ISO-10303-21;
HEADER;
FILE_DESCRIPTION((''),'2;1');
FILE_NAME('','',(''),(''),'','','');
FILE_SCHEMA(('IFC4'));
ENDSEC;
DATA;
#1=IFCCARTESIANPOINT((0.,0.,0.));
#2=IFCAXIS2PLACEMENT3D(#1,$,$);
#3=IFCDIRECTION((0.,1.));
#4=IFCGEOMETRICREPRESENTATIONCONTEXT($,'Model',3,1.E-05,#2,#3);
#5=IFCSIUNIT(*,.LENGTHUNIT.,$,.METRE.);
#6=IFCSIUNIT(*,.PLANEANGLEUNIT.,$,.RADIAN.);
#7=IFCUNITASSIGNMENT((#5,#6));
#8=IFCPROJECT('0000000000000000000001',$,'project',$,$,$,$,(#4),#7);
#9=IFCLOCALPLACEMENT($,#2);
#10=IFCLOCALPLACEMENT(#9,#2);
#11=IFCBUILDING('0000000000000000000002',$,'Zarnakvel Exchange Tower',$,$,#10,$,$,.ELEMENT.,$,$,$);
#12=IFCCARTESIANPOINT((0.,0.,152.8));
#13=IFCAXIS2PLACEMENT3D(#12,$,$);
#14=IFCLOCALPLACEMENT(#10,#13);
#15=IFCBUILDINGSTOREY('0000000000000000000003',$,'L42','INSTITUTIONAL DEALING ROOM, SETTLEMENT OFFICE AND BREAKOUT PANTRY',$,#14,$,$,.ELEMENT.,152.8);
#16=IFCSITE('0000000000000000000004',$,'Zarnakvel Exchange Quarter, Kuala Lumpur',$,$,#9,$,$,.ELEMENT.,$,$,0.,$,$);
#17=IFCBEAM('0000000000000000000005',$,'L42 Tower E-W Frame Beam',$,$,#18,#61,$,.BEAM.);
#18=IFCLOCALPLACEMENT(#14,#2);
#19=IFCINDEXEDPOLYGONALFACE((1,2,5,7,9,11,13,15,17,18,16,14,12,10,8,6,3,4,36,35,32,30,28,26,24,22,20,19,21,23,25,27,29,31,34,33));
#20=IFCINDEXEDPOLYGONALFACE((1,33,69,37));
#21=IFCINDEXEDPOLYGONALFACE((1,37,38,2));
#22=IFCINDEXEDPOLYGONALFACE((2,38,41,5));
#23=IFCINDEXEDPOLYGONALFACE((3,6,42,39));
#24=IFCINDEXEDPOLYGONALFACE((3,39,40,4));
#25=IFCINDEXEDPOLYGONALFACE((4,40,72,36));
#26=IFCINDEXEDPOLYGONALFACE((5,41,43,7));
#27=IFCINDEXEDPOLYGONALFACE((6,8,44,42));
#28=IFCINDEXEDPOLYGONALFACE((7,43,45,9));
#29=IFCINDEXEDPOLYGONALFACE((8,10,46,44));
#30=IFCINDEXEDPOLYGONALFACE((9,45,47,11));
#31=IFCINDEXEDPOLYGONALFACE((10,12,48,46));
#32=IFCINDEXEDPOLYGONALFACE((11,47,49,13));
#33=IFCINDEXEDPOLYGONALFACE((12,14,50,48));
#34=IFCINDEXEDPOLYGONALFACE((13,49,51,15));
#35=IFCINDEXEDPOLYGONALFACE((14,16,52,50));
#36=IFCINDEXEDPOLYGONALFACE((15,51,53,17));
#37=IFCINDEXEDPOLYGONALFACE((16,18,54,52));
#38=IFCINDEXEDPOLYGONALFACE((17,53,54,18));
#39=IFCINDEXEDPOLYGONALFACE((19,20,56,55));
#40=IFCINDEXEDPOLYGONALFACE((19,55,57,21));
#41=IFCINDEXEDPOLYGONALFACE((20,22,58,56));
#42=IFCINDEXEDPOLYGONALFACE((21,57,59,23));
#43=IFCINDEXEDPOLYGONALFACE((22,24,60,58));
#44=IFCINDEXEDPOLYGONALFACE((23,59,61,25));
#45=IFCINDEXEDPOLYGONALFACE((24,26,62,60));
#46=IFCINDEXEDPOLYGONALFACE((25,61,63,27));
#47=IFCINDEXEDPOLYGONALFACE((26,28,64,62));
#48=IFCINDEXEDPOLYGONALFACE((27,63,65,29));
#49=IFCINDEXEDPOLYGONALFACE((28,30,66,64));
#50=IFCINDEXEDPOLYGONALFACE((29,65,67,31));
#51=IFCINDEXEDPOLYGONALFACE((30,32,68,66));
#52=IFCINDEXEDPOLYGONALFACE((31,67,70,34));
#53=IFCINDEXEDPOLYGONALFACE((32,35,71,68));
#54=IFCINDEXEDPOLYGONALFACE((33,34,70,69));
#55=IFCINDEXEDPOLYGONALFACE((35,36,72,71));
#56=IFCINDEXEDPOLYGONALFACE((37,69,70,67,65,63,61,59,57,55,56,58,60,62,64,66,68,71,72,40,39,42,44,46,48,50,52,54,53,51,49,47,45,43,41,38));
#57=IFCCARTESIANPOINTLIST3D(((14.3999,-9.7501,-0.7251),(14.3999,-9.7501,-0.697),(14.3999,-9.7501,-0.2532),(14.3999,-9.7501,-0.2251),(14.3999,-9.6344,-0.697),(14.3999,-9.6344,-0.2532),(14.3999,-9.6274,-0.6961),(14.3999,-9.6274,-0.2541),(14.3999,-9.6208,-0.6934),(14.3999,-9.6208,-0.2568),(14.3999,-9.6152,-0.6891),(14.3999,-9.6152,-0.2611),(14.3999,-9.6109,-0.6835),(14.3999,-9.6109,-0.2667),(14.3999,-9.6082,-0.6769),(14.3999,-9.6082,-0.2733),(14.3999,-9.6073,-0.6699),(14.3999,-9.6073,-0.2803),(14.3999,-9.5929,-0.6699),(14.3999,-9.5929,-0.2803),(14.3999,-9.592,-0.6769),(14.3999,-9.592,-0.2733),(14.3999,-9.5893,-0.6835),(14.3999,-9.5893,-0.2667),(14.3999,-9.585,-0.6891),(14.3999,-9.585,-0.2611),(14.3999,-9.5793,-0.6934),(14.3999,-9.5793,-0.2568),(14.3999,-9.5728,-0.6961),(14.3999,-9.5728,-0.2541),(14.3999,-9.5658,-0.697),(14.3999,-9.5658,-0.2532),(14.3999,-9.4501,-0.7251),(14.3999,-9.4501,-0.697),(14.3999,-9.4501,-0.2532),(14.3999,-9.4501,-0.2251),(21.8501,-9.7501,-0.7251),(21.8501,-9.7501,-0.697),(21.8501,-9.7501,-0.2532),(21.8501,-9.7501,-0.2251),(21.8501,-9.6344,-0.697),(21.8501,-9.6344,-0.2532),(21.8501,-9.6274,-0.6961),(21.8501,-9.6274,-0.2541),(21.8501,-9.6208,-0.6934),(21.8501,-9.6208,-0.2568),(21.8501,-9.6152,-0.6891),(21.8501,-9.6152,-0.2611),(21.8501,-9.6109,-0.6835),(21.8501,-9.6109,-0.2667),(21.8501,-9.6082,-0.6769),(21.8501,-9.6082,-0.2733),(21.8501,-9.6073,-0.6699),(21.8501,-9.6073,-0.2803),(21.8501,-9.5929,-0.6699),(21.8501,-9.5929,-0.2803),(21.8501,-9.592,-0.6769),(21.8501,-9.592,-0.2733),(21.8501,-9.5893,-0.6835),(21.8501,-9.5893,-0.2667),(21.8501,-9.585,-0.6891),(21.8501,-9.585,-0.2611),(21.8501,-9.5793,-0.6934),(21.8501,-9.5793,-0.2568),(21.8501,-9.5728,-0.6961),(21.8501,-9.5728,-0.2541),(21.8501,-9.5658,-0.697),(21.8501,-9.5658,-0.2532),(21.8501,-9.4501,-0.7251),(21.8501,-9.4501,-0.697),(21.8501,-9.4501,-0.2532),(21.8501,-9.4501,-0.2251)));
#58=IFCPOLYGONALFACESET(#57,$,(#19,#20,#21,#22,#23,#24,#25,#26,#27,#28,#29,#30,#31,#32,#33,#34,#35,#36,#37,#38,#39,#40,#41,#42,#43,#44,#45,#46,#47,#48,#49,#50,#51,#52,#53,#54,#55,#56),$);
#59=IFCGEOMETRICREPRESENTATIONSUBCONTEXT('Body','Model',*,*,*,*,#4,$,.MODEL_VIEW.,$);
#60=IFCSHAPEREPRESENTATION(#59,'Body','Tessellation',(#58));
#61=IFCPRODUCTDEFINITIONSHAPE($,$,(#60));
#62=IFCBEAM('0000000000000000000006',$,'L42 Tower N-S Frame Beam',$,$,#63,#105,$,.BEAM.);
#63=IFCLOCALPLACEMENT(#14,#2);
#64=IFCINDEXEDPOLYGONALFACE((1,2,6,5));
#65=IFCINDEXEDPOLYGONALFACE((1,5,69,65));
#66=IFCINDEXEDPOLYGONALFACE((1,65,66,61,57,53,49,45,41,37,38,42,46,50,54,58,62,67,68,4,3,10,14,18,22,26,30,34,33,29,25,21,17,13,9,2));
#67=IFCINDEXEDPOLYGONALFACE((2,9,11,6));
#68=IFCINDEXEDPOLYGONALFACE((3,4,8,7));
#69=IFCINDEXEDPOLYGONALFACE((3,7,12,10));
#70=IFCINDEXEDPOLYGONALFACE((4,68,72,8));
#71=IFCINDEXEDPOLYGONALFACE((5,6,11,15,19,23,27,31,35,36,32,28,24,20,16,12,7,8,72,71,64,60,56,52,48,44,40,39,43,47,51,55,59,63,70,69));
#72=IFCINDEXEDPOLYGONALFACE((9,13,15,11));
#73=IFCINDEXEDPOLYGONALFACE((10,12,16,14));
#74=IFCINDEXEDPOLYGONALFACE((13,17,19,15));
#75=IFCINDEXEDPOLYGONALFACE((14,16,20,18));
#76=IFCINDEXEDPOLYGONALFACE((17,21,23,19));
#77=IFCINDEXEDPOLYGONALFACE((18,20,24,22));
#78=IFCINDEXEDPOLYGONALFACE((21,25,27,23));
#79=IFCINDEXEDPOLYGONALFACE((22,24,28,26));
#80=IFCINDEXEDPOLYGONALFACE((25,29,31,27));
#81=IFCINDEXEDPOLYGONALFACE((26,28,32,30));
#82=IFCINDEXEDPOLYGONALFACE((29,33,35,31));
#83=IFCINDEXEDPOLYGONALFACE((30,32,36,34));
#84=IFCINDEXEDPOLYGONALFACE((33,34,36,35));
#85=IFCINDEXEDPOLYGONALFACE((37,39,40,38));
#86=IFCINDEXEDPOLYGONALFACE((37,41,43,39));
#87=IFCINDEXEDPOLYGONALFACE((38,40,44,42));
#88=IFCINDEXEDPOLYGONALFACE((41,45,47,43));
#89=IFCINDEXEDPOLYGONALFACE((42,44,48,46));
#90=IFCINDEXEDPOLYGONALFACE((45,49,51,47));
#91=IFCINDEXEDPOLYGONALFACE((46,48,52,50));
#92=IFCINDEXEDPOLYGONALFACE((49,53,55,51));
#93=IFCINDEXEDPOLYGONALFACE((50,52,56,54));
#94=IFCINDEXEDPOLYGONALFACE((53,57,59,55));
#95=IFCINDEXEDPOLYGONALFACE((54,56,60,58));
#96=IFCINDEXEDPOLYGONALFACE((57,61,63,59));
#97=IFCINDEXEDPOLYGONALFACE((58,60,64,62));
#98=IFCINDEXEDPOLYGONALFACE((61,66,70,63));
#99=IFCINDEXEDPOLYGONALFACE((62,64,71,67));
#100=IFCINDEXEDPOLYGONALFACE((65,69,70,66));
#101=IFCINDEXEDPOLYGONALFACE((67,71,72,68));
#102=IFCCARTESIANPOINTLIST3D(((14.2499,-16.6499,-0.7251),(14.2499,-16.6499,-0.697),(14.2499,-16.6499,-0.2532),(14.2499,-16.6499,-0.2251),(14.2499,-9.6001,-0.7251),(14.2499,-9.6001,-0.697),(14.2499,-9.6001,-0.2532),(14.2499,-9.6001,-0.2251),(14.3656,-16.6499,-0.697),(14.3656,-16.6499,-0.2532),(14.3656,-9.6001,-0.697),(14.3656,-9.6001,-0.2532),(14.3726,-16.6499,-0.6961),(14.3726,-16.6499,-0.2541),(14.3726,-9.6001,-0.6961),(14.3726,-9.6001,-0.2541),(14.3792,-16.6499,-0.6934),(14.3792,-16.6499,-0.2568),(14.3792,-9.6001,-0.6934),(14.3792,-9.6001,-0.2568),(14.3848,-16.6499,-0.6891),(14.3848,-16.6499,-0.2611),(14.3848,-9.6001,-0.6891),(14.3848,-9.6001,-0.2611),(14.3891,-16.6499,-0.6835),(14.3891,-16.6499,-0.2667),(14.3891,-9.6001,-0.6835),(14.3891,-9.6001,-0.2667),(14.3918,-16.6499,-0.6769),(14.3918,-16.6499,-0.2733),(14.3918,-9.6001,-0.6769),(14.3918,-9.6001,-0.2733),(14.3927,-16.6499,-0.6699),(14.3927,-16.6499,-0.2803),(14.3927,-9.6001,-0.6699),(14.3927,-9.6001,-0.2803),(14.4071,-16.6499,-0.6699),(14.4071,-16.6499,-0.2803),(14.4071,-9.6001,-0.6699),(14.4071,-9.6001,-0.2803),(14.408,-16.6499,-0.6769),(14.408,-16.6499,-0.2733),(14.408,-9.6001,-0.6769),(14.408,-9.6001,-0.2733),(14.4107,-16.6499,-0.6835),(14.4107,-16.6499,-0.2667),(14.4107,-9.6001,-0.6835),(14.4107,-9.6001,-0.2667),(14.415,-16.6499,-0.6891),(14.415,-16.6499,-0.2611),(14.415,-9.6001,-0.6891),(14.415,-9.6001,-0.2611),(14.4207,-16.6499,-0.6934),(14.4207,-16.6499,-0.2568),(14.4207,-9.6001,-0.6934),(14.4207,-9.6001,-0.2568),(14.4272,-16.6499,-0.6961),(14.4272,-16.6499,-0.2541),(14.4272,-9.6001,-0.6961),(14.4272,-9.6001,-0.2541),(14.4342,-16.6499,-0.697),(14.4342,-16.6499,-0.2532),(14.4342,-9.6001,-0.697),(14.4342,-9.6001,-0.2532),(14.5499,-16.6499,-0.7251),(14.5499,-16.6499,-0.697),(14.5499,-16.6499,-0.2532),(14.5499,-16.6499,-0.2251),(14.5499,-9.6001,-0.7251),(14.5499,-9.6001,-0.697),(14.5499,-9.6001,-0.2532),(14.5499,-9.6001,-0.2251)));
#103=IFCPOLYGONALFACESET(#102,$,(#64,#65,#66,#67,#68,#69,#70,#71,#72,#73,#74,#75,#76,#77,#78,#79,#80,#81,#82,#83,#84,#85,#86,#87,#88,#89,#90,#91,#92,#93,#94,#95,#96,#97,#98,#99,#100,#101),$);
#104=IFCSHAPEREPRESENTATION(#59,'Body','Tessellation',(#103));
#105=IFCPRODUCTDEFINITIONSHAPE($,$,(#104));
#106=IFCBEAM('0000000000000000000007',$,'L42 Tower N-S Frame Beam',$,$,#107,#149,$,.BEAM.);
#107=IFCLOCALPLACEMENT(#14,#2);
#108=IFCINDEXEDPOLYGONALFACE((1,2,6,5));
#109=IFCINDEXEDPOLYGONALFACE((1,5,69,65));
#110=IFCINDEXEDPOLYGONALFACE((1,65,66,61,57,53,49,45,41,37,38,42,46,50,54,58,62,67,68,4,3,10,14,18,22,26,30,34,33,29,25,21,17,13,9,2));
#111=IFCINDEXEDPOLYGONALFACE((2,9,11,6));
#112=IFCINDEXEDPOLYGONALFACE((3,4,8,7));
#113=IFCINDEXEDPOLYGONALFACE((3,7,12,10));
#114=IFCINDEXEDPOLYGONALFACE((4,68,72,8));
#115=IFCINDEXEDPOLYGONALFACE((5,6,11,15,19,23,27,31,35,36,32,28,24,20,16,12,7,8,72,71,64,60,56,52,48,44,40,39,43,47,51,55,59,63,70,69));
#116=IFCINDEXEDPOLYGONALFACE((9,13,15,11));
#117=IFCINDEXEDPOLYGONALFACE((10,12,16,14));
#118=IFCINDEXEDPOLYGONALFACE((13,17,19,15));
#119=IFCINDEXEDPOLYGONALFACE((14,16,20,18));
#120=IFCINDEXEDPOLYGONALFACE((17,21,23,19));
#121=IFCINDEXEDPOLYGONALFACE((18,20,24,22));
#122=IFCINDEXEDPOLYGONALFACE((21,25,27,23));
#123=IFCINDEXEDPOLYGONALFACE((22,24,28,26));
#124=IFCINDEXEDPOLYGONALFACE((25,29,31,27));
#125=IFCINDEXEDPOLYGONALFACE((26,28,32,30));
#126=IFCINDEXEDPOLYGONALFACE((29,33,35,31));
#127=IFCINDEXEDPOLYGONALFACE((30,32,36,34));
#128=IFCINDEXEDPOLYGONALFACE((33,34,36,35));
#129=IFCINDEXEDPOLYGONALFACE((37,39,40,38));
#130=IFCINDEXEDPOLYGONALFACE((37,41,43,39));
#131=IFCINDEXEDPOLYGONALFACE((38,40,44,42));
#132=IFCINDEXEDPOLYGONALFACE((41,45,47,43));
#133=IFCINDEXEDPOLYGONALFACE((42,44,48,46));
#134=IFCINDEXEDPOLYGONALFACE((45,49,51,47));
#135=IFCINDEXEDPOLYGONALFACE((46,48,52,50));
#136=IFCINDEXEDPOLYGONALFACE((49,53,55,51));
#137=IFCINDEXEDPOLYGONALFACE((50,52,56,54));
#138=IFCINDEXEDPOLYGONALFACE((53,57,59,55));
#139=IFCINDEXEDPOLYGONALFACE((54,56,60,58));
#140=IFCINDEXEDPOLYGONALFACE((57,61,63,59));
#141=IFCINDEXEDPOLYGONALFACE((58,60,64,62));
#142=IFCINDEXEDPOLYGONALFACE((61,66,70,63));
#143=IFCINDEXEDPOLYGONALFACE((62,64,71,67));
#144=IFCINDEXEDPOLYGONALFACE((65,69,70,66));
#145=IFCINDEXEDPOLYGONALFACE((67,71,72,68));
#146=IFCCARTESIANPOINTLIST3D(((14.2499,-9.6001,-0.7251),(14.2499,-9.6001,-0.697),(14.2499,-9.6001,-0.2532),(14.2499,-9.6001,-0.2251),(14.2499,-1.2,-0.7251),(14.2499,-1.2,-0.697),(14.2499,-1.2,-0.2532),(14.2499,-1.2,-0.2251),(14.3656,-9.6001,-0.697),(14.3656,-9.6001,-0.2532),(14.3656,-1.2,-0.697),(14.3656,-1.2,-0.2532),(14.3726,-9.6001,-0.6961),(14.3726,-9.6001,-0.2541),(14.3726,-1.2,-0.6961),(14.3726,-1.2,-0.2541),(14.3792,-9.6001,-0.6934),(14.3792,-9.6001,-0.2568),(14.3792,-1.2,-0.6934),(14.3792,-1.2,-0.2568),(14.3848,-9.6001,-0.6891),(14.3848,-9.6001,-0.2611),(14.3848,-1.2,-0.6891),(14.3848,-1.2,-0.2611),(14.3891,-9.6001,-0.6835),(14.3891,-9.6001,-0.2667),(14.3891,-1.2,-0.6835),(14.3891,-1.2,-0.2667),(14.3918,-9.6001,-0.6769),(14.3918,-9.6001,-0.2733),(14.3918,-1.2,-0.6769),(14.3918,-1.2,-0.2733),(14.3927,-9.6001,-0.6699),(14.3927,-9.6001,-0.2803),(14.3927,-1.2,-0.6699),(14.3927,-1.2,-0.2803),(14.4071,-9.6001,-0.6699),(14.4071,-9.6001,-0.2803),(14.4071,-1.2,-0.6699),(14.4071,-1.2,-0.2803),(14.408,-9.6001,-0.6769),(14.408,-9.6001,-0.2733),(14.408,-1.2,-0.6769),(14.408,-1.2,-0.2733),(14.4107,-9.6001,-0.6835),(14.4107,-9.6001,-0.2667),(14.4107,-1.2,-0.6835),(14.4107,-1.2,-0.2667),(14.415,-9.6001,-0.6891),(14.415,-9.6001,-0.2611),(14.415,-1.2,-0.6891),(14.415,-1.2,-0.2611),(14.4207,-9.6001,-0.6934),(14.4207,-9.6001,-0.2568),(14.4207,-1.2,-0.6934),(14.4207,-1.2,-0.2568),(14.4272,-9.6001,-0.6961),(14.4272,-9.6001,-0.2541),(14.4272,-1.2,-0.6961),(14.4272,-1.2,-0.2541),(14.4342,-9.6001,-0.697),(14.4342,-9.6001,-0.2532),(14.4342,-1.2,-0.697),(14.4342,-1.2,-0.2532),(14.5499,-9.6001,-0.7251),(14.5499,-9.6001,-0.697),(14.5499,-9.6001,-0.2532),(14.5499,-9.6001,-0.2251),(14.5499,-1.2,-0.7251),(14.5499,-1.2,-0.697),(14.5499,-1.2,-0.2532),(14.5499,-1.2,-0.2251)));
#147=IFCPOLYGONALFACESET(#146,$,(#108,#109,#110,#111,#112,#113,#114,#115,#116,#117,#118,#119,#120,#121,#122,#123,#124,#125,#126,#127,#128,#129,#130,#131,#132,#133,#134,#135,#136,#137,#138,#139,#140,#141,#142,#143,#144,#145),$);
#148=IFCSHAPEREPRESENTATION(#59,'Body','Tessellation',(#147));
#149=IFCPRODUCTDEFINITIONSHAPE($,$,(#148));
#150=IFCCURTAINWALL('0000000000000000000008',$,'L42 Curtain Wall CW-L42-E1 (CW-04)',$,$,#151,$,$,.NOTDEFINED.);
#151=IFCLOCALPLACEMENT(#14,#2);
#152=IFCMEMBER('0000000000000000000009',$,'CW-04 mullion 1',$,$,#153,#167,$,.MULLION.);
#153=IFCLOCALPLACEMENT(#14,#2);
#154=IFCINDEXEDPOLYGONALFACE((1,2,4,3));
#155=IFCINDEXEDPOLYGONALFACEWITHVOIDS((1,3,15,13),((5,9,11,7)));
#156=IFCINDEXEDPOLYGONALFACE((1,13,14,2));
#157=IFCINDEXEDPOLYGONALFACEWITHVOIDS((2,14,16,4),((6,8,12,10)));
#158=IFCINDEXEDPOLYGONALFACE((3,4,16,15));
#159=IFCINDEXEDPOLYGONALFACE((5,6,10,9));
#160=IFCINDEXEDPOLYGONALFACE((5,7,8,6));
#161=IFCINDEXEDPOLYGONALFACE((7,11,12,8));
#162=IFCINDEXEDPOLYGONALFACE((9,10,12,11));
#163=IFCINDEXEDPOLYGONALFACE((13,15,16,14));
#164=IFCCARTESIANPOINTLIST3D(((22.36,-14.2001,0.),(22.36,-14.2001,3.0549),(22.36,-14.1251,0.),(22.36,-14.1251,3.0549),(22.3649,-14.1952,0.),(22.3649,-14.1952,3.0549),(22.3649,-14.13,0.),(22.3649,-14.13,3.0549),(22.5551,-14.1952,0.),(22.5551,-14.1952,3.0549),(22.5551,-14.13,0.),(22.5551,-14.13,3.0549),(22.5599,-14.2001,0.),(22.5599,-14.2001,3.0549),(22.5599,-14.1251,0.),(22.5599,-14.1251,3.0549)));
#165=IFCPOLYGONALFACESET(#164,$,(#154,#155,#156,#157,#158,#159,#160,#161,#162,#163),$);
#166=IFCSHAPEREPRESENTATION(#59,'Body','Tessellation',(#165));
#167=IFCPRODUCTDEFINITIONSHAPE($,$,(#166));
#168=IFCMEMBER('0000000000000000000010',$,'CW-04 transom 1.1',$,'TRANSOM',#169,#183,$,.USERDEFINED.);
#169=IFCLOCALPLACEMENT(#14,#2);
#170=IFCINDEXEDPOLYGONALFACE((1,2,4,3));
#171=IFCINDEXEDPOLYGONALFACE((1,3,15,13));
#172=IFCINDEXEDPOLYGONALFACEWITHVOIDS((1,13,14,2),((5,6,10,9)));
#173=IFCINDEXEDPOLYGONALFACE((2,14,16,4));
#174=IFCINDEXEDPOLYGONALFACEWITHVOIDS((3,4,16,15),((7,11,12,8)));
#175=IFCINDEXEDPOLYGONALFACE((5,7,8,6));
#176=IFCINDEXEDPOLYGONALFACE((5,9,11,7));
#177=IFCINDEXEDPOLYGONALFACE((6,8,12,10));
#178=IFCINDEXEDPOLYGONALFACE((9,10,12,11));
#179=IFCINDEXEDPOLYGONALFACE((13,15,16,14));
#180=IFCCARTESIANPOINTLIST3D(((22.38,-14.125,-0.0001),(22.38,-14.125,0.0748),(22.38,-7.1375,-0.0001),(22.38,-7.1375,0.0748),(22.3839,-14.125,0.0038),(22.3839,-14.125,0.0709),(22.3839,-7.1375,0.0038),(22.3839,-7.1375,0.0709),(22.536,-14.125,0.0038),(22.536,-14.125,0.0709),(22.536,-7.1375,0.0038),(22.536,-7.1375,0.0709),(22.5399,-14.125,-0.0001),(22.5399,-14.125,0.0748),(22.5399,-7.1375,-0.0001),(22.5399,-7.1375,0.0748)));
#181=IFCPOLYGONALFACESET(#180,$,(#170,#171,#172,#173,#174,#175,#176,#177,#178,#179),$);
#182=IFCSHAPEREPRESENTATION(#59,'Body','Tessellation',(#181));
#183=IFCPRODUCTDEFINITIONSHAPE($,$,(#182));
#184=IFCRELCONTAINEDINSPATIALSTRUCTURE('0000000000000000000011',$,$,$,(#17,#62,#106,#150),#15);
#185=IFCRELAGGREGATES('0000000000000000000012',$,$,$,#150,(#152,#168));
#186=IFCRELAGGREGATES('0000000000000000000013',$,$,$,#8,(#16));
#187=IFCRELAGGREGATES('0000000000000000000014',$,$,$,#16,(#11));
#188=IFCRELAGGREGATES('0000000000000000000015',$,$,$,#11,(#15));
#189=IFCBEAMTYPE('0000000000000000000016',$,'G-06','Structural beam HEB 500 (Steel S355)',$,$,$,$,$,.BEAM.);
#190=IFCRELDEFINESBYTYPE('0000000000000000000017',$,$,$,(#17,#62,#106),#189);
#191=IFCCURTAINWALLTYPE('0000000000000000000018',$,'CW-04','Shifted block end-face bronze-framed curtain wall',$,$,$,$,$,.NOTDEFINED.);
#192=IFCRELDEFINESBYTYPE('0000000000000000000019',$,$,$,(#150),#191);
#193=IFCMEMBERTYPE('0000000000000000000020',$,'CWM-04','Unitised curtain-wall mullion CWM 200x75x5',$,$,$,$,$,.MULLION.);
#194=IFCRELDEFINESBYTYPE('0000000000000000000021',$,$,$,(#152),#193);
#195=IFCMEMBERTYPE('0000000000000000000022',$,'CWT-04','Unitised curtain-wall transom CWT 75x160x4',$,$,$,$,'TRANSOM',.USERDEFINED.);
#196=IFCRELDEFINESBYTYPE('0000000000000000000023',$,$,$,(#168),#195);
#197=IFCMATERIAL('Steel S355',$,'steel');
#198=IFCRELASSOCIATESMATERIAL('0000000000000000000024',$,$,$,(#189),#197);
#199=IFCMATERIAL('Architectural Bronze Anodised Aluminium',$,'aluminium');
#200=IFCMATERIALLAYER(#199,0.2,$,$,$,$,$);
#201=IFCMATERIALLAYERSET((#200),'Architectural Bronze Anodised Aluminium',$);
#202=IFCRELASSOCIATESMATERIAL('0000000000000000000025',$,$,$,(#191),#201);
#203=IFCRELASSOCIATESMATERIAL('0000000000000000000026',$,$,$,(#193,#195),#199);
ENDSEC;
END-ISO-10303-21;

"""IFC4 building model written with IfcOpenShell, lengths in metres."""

from ifc_helpers import new_model, si_unit, direction, frame, origin, origin_2d, place, context, subcontext, project, spatial, hollow_rectangle, i_section, extrude, source, transform, mapped, material, layer, layer_set, material_profile, profile_set, type_object, element, aggregate, save


model = new_model("IFC4")

# Units and contexts
model_context = context("Model", 3, precision=1e-05, world=origin(), true_north=direction((0.0, 1.0)))
body_context = subcontext(model_context, "Body", "Model", "MODEL_VIEW")
ifc_project = project(units=[si_unit("LENGTHUNIT", "METRE"), si_unit("PLANEANGLEUNIT", "RADIAN")], contexts=[model_context])

# Site, building, storey
site_placement = place(None, origin())
site = spatial("IfcSite", under=ifc_project, at=site_placement, Name="Zarnakvel Exchange Quarter, Kuala Lumpur", CompositionType="ELEMENT", RefElevation=0.0)
building_placement = place(site_placement, origin())
building = spatial("IfcBuilding", under=site, at=building_placement, Name="Zarnakvel Exchange Tower", CompositionType="ELEMENT")
storey_placement = place(building_placement, frame((0.0, 0.0, 152.8)))
storey = spatial("IfcBuildingStorey", under=building, at=storey_placement, Name="L42", Description="INSTITUTIONAL DEALING ROOM, SETTLEMENT OFFICE AND BREAKOUT PANTRY", CompositionType="ELEMENT", Elevation=152.8)

# Beams
ifc_material_1 = material(Name="Steel S355", Category="steel")
ifc_material_profile_1 = material_profile(ifc_material_1, i_section(OverallWidth=0.3, OverallDepth=0.5, WebThickness=0.0144, FlangeThickness=0.0281, FilletRadius=0.0271, at=origin_2d()))
ifc_profile_set_1 = profile_set([ifc_material_profile_1], Name="Steel S355")
beam_type_1 = type_object("IfcBeamType", Name="G-06", Description="Structural beam HEB 500 (Steel S355)", PredefinedType="BEAM", material=ifc_profile_set_1)
beam_1_placement = place(storey_placement, frame((14.3999, -9.6001, -0.4751), z_axis=(1.0, 0.0, 0.0), x_axis=(0.0, 1.0, 0.0)))
element("IfcBeam", 1, at=beam_1_placement, inside=storey, type_object=beam_type_1, Name="L42 Tower E-W Frame Beam", PredefinedType="BEAM", context=body_context, shape_type="SweptSolid", body=[
    extrude(i_section(OverallWidth=0.3, OverallDepth=0.5, WebThickness=0.0144, FlangeThickness=0.0281, FilletRadius=0.0271, at=origin_2d()), origin(), (0.0, 0.0, 1.0), 7.4502),
])
beam_2_placement = place(storey_placement, frame((14.3999, -16.6499, -0.4751), z_axis=(0.0, 1.0, 0.0), x_axis=(-1.0, 0.0, 0.0)))
element("IfcBeam", 2, at=beam_2_placement, inside=storey, type_object=beam_type_1, Name="L42 Tower N-S Frame Beam", PredefinedType="BEAM", context=body_context, shape_type="SweptSolid", body=[
    extrude(i_section(OverallWidth=0.3, OverallDepth=0.5, WebThickness=0.0144, FlangeThickness=0.0281, FilletRadius=0.0271, at=origin_2d()), origin(), (0.0, 0.0, 1.0), 7.0498),
])
beam_3_placement = place(storey_placement, frame((14.3999, -9.6001, -0.4751), z_axis=(0.0, 1.0, 0.0), x_axis=(-1.0, 0.0, 0.0)))
element("IfcBeam", 3, at=beam_3_placement, inside=storey, type_object=beam_type_1, Name="L42 Tower N-S Frame Beam", PredefinedType="BEAM", context=body_context, shape_type="SweptSolid", body=[
    extrude(i_section(OverallWidth=0.3, OverallDepth=0.5, WebThickness=0.0144, FlangeThickness=0.0281, FilletRadius=0.0271, at=origin_2d()), origin(), (0.0, 0.0, 1.0), 8.4001),
])

# Curtain wall, members
ifc_material_2 = material(Name="Architectural Bronze Anodised Aluminium", Category="aluminium")
ifc_layer_1 = layer(ifc_material_2, 0.2)
ifc_layer_set_1 = layer_set([ifc_layer_1], Name="Architectural Bronze Anodised Aluminium")
curtain_wall_type = type_object("IfcCurtainWallType", Name="CW-04", Description="Shifted block end-face bronze-framed curtain wall", PredefinedType="NOTDEFINED", material=ifc_layer_set_1)
curtain_wall_placement = place(storey_placement, origin())
curtain_wall = element("IfcCurtainWall", 4, at=curtain_wall_placement, inside=storey, type_object=curtain_wall_type, Name="L42 Curtain Wall CW-L42-E1 (CW-04)", PredefinedType="NOTDEFINED")
ifc_material_profile_2 = material_profile(ifc_material_2, hollow_rectangle(XDim=0.2, YDim=0.075, WallThickness=0.0049, at=origin_2d()))
ifc_profile_set_2 = profile_set([ifc_material_profile_2], Name="Architectural Bronze Anodised Aluminium")
member_type_1 = type_object("IfcMemberType", Name="CWM-04", Description="Unitised curtain-wall mullion CWM 200x75x5", PredefinedType="MULLION", material=ifc_profile_set_2)
shared_shape_1 = source(origin(), body_context, "Body", "SweptSolid", [
    extrude(hollow_rectangle(XDim=0.2, YDim=0.075, WallThickness=0.0049, at=origin_2d()), origin(), (0.0, 0.0, 1.0), 3.0549),
])
member_1_placement = place(storey_placement, frame((22.46, -14.1626, 0.0), z_axis=(0.0, 0.0, 1.0), x_axis=(-1.0, 0.0, 0.0)))
member_1 = element("IfcMember", 5, at=member_1_placement, type_object=member_type_1, Name="CW-04 mullion 1", PredefinedType="MULLION", context=body_context, shape_type="MappedRepresentation", body=[
    mapped(shared_shape_1, transform((0.0, 0.0, 0.0), x_axis=(1.0, 0.0, 0.0), y_axis=(0.0, 1.0, 0.0), z_axis=(0.0, 0.0, 1.0), scale=1.0)),
])
ifc_material_profile_3 = material_profile(ifc_material_2, hollow_rectangle(XDim=0.1599, YDim=0.075, WallThickness=0.0039, at=origin_2d()))
ifc_profile_set_3 = profile_set([ifc_material_profile_3], Name="Architectural Bronze Anodised Aluminium")
member_type_2 = type_object("IfcMemberType", Name="CWT-04", Description="Unitised curtain-wall transom CWT 75x160x4", ElementType="TRANSOM", PredefinedType="USERDEFINED", material=ifc_profile_set_3)
shared_shape_2 = source(origin(), body_context, "Body", "SweptSolid", [
    extrude(hollow_rectangle(XDim=0.1599, YDim=0.075, WallThickness=0.0039, at=origin_2d()), origin(), (0.0, 0.0, 1.0), 6.9875),
])
member_2_placement = place(storey_placement, frame((22.46, -14.125, 0.0374), z_axis=(0.0, 1.0, 0.0), x_axis=(-1.0, 0.0, 0.0)))
member_2 = element("IfcMember", 6, at=member_2_placement, type_object=member_type_2, Name="CW-04 transom 1.1", ObjectType="TRANSOM", PredefinedType="USERDEFINED", context=body_context, shape_type="MappedRepresentation", body=[
    mapped(shared_shape_2, transform((0.0, 0.0, 0.0), x_axis=(1.0, 0.0, 0.0), y_axis=(0.0, 1.0, 0.0), z_axis=(0.0, 0.0, 1.0), scale=1.0)),
])
aggregate(curtain_wall, [member_1, member_2])

save(model, "model.ifc")
